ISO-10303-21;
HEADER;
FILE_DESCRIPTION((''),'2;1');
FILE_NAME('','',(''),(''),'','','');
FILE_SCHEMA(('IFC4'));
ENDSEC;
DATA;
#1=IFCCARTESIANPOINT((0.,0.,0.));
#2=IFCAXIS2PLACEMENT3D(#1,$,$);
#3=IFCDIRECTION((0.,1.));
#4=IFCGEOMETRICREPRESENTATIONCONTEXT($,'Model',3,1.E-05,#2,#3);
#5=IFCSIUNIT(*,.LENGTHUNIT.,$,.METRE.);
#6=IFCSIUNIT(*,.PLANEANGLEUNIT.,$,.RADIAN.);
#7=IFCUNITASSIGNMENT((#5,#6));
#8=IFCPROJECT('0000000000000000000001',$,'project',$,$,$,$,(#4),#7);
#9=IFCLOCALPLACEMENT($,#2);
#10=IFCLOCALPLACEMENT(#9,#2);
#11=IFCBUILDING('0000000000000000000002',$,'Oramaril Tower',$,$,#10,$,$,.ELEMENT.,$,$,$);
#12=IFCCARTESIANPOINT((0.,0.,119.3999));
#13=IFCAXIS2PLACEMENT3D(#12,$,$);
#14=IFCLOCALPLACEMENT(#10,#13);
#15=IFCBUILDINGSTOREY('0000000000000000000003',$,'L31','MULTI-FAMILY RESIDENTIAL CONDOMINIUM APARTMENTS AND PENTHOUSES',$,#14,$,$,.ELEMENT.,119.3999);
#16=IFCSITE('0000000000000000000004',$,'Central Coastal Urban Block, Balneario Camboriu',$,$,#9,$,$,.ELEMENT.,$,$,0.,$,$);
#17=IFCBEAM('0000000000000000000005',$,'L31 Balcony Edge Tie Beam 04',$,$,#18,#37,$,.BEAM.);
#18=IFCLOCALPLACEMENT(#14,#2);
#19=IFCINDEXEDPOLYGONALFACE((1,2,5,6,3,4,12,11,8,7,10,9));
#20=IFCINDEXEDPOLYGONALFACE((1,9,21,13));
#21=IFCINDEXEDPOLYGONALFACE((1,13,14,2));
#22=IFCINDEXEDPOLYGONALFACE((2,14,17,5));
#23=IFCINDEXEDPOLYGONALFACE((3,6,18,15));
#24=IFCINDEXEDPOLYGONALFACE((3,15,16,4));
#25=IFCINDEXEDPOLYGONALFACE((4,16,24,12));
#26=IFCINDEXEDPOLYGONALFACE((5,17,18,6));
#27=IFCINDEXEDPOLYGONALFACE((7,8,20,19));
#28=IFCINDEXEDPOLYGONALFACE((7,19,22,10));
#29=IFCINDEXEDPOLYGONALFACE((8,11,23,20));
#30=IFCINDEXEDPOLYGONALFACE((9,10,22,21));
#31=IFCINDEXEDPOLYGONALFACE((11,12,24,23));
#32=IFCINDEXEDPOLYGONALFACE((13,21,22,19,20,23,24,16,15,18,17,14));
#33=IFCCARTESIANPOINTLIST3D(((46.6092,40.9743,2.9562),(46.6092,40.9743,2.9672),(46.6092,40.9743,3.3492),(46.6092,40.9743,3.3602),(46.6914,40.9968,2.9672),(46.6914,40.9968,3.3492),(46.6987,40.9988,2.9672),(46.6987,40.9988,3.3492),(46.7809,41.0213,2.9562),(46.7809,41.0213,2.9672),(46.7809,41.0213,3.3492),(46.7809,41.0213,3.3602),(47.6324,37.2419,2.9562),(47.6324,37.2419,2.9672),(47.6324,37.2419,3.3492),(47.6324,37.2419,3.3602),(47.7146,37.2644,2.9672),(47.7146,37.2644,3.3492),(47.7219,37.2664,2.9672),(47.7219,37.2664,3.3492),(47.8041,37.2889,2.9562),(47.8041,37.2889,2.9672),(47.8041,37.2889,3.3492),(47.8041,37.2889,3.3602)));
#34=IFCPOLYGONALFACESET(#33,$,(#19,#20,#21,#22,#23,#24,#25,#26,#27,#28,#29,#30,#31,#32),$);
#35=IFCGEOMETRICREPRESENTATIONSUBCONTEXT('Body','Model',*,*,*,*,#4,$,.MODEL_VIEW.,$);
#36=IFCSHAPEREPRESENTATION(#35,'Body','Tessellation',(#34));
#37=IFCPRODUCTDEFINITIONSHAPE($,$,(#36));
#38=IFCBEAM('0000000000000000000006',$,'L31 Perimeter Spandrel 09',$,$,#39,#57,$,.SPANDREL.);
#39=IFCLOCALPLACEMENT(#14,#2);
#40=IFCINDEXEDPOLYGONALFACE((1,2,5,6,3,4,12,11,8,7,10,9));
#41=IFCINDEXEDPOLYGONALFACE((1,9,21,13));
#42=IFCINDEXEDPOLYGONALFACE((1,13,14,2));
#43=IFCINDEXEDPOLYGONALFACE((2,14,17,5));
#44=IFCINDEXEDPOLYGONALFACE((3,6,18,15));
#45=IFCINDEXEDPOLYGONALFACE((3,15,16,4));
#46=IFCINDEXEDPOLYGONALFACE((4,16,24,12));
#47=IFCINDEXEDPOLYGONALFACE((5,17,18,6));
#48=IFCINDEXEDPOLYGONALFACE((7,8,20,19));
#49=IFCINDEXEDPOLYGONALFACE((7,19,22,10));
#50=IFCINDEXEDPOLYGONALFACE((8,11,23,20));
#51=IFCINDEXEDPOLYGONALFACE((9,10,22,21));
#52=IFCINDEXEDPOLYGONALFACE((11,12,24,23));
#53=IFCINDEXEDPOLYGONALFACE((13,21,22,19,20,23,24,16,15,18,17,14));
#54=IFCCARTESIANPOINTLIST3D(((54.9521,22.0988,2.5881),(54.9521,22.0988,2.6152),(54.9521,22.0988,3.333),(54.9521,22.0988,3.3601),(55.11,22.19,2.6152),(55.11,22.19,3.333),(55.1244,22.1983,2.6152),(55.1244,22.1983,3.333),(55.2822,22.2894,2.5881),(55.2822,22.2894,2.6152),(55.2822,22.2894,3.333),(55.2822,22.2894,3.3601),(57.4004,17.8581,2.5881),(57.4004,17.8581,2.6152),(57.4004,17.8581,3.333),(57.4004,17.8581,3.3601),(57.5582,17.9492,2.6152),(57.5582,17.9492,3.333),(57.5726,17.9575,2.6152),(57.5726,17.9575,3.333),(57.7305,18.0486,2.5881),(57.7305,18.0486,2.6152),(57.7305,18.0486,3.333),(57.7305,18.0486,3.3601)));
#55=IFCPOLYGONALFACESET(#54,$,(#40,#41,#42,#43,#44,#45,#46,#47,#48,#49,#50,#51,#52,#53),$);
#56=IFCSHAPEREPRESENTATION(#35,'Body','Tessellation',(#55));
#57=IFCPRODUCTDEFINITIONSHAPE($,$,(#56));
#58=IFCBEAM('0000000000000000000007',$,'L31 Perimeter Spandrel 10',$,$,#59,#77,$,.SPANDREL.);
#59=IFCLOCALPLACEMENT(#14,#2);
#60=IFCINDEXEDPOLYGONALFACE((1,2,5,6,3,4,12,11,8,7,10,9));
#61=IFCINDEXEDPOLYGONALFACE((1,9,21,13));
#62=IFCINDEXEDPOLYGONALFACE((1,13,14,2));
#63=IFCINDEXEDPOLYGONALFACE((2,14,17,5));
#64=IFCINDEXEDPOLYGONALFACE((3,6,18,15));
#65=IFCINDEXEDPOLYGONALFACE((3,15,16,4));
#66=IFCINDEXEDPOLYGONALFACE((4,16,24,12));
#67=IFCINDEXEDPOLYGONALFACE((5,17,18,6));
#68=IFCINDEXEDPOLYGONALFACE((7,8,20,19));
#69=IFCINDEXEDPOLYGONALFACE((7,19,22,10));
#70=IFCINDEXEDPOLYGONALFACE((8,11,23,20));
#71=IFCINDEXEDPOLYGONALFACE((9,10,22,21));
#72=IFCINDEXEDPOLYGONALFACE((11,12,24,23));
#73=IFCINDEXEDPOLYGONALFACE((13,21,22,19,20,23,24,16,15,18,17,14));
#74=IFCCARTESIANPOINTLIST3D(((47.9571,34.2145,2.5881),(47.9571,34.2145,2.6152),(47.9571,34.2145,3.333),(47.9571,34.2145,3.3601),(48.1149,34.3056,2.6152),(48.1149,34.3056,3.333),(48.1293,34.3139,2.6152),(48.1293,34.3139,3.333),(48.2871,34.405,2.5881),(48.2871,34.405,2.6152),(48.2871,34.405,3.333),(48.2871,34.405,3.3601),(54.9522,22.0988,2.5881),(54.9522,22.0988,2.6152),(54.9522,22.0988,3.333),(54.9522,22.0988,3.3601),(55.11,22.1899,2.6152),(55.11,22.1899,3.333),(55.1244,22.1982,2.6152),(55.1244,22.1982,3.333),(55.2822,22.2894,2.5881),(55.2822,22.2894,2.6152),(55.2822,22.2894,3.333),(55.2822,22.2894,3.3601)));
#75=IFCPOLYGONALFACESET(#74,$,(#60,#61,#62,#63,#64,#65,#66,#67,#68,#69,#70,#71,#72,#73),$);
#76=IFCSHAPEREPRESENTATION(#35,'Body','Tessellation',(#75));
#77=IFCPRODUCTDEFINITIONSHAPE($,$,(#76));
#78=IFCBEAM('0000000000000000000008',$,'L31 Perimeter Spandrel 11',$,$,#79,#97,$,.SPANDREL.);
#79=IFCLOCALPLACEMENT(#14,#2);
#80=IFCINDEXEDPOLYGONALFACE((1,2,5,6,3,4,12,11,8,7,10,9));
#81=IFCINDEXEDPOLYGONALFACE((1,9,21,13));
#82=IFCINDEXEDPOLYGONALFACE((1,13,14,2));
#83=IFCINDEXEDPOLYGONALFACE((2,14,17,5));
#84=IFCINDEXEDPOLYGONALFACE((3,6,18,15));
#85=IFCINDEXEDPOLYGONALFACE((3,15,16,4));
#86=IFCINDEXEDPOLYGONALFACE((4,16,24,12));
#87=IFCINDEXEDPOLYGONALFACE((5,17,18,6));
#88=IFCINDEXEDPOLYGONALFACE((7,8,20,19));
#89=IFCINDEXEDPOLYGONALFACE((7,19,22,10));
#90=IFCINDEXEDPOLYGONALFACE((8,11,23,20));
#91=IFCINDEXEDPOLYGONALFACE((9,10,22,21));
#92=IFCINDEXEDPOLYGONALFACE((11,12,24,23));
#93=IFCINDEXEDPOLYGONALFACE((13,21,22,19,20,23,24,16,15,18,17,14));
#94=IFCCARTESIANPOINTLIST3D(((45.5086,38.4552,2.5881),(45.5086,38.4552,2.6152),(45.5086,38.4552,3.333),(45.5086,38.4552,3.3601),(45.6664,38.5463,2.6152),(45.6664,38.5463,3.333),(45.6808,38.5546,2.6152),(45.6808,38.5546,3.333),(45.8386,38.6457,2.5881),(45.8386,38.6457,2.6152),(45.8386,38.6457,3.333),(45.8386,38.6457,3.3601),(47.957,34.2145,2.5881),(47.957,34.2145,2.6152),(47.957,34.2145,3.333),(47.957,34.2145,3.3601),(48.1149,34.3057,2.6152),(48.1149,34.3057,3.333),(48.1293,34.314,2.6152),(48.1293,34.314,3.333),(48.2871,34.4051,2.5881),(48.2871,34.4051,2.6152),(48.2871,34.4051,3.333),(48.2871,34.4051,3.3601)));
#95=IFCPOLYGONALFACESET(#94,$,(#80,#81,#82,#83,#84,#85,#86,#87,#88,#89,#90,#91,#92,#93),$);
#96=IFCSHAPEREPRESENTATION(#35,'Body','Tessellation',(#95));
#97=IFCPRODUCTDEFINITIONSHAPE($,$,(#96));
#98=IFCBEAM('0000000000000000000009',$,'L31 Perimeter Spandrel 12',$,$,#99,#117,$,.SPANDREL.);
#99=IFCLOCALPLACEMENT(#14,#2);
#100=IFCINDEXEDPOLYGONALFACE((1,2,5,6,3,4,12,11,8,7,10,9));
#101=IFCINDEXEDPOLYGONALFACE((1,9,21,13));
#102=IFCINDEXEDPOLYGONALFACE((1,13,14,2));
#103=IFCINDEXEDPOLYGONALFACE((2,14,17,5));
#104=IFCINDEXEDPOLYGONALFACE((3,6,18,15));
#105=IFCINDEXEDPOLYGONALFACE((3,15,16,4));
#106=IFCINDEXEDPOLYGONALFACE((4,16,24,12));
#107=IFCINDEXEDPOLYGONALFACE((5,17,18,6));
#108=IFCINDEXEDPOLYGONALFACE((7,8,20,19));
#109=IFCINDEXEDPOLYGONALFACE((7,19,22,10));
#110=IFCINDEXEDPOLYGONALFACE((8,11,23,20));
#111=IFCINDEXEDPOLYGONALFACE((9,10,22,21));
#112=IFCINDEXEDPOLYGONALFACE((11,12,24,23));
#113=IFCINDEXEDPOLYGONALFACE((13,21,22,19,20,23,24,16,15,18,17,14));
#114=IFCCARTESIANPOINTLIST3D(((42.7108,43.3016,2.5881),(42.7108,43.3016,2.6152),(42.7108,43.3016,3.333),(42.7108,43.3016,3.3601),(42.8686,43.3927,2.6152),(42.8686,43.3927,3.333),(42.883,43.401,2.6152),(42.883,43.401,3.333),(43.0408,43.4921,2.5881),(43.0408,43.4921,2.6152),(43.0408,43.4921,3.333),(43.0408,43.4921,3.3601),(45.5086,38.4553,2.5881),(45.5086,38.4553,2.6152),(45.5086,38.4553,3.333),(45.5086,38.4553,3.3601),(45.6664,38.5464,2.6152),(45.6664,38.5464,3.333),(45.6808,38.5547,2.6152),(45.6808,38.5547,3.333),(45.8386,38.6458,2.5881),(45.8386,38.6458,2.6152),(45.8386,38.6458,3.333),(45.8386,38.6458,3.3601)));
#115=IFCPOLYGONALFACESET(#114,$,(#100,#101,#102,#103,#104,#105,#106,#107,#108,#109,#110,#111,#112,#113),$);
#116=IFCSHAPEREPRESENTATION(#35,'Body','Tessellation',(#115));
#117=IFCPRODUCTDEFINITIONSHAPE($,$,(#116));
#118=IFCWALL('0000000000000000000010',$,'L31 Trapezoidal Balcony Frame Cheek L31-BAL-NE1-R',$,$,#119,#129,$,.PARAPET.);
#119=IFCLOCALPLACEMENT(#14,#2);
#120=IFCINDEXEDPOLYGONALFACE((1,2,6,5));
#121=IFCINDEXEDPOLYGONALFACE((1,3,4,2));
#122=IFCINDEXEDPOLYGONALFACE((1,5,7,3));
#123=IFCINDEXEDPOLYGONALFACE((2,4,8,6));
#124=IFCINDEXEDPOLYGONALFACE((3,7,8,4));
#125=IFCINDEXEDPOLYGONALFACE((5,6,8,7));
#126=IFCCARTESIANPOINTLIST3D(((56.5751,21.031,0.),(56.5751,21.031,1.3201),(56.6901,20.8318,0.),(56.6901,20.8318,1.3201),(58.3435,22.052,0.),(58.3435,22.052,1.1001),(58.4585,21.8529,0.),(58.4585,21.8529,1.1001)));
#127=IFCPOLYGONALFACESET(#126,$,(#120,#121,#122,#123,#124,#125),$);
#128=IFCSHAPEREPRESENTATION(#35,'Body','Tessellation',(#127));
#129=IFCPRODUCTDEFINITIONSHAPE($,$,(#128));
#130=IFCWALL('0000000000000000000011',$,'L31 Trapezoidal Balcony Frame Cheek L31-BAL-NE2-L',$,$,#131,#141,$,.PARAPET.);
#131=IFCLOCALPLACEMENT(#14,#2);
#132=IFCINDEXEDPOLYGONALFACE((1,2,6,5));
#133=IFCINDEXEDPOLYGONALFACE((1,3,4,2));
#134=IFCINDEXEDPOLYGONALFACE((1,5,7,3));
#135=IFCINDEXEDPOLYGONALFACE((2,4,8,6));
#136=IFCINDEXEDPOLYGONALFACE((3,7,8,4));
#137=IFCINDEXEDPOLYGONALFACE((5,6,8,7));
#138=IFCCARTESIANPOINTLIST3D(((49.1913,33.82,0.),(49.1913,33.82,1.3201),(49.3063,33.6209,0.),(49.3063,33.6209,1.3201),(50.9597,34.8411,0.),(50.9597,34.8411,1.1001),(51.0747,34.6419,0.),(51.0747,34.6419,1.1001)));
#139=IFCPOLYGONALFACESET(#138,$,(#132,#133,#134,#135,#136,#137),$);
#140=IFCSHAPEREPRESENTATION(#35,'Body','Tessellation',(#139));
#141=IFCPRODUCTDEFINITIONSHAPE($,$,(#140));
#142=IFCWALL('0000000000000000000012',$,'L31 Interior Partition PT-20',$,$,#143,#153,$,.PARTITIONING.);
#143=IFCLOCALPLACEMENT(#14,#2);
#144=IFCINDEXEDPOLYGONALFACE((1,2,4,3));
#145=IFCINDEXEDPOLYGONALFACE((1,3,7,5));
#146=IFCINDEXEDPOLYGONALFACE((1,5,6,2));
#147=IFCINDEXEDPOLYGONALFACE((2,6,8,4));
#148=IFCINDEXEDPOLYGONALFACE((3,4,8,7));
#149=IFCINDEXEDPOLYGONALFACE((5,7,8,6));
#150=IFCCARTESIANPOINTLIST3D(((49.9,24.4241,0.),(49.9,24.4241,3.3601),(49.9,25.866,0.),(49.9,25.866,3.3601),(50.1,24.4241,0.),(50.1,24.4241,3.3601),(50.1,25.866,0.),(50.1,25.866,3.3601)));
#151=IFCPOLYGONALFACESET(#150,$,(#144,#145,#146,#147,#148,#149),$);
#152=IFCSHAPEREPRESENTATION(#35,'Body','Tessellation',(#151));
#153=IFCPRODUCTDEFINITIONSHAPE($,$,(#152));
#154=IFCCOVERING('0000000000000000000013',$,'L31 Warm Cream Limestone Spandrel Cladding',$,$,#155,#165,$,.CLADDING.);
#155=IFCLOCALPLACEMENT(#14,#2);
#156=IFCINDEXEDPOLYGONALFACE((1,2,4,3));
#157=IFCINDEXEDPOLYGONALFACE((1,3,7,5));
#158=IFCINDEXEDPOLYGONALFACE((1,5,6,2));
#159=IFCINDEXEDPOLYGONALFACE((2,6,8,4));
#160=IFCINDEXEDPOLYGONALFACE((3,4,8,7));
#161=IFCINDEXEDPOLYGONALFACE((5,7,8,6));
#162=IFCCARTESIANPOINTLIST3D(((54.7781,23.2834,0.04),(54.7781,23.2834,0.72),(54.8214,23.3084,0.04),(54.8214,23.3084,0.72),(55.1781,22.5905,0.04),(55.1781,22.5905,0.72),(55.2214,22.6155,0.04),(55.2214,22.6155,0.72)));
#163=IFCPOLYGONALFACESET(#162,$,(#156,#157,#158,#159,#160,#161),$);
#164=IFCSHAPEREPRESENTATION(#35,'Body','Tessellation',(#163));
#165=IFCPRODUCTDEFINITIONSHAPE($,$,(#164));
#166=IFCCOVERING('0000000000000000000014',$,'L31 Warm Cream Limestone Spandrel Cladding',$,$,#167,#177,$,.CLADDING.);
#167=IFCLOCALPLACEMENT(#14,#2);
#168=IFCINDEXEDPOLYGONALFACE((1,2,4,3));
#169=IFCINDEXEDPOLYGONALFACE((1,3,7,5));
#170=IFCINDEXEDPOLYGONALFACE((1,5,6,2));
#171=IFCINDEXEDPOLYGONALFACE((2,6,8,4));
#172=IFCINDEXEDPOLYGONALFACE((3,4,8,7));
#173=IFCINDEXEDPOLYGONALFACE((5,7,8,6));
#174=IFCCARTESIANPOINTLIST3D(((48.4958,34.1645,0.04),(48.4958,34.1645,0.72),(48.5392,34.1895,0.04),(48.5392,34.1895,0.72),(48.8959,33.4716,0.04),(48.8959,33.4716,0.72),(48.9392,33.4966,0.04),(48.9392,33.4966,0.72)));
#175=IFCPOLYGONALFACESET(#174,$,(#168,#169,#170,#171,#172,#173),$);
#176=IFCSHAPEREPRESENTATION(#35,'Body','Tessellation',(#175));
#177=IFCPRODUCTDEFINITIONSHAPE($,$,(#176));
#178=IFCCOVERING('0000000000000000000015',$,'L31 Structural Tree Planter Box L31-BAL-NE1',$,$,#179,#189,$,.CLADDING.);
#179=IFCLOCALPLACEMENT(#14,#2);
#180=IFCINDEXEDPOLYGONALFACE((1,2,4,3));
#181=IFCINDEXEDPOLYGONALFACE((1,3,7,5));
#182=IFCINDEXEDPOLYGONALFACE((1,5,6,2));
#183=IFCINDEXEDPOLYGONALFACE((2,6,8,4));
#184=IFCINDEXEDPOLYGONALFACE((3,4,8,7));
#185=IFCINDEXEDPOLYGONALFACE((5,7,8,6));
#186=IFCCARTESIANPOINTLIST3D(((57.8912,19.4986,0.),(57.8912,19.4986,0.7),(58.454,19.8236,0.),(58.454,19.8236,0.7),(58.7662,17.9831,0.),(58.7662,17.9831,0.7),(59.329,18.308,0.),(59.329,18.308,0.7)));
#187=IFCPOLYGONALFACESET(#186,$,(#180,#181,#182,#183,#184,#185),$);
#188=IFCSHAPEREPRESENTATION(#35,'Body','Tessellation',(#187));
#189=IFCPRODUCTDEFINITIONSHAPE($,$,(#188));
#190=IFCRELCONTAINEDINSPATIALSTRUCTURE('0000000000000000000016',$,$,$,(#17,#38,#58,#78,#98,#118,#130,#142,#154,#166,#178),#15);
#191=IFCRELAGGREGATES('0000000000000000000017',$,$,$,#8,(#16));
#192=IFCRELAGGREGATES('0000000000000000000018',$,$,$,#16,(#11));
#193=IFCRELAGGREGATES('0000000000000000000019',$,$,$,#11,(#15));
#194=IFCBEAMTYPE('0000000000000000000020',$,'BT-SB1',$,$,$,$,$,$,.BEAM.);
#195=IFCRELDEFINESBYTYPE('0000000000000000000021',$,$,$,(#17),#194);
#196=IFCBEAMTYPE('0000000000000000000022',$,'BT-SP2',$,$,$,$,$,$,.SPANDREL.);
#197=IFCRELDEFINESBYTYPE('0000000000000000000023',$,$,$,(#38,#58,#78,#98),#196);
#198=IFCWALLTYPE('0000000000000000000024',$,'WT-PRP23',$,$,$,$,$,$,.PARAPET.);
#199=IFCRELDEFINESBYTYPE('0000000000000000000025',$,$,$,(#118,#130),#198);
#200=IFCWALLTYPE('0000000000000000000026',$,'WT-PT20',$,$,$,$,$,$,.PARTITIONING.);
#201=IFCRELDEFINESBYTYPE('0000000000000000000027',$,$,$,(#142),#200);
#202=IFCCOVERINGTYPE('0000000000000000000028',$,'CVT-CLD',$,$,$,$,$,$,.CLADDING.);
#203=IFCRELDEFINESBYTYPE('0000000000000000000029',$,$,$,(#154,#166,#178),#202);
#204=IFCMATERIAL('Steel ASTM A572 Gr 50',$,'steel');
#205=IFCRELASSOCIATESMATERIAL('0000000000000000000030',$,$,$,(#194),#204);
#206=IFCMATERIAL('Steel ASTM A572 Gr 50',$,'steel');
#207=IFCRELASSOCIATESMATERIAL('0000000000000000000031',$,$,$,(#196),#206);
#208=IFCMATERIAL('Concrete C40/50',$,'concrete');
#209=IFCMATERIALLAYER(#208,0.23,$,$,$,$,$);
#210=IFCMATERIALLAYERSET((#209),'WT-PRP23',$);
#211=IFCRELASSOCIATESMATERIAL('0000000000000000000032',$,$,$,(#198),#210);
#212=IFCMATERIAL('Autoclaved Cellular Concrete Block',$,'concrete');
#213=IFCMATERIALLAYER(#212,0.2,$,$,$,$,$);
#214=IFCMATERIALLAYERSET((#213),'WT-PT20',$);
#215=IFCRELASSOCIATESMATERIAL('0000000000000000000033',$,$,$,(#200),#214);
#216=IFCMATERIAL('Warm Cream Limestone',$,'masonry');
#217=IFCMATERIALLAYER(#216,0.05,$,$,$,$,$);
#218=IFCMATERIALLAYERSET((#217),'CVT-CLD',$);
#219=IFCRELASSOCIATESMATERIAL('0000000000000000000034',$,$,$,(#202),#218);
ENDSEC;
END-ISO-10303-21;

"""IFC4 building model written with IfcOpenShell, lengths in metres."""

from ifc_helpers import new_model, si_unit, direction, frame, frame_2d, origin, origin_2d, place, context, subcontext, project, spatial, polyline, rectangle, i_section, outline, extrude, material, layer, layer_set, material_profile, profile_set, type_object, element, save


model = new_model("IFC4")

# Units and contexts
model_context = context("Model", 3, precision=1e-05, world=origin(), true_north=direction((0.0, 1.0)))
body_context = subcontext(model_context, "Body", "Model", "MODEL_VIEW")
ifc_project = project(units=[si_unit("LENGTHUNIT", "METRE"), si_unit("PLANEANGLEUNIT", "RADIAN")], contexts=[model_context])

# Site, building, storey
site_placement = place(None, origin())
site = spatial("IfcSite", under=ifc_project, at=site_placement, Name="Central Coastal Urban Block, Balneario Camboriu", CompositionType="ELEMENT", RefElevation=0.0)
building_placement = place(site_placement, origin())
building = spatial("IfcBuilding", under=site, at=building_placement, Name="Oramaril Tower", CompositionType="ELEMENT")
storey_placement = place(building_placement, frame((0.0, 0.0, 119.3999)))
storey = spatial("IfcBuildingStorey", under=building, at=storey_placement, Name="L31", Description="MULTI-FAMILY RESIDENTIAL CONDOMINIUM APARTMENTS AND PENTHOUSES", CompositionType="ELEMENT", Elevation=119.3999)

# Beams
ifc_material_1 = material(Name="Steel ASTM A572 Gr 50", Category="steel")
ifc_material_profile_1 = material_profile(ifc_material_1, i_section(OverallWidth=0.178, OverallDepth=0.4041, WebThickness=0.0076, FlangeThickness=0.011, at=origin_2d()), Name="W16X36")
ifc_profile_set_1 = profile_set([ifc_material_profile_1], Name="Steel ASTM A572 Gr 50")
beam_type_1 = type_object("IfcBeamType", Name="BT-SB1", PredefinedType="BEAM", material=ifc_profile_set_1)
beam_1_placement = place(storey_placement, frame((47.7183, 37.2654, 3.1582), z_axis=(-0.264382, 0.964418, 0.0), x_axis=(-0.964418, -0.264382, 0.0)))
element("IfcBeam", 1, at=beam_1_placement, inside=storey, type_object=beam_type_1, Name="L31 Balcony Edge Tie Beam 04", PredefinedType="BEAM", context=body_context, shape_type="SweptSolid", body=[
    extrude(i_section(OverallWidth=0.178, OverallDepth=0.4041, WebThickness=0.0076, FlangeThickness=0.011, at=origin_2d()), origin(), (0.0, 0.0, 1.0), 3.8701),
])
ifc_material_2 = material(Name="Steel ASTM A572 Gr 50", Category="steel")
ifc_material_profile_2 = material_profile(ifc_material_2, i_section(OverallWidth=0.3811, OverallDepth=0.772, WebThickness=0.0166, FlangeThickness=0.0271, at=origin_2d()), Name="W30X173")
ifc_profile_set_2 = profile_set([ifc_material_profile_2], Name="Steel ASTM A572 Gr 50")
beam_type_2 = type_object("IfcBeamType", Name="BT-SP2", PredefinedType="SPANDREL", material=ifc_profile_set_2)
beam_2_placement = place(storey_placement, frame((57.5654, 17.9534, 2.9741), z_axis=(-0.499979, 0.866038, 0.0), x_axis=(-0.866038, -0.499979, 0.0)))
element("IfcBeam", 2, at=beam_2_placement, inside=storey, type_object=beam_type_2, Name="L31 Perimeter Spandrel 09", PredefinedType="SPANDREL", context=body_context, shape_type="SweptSolid", body=[
    extrude(i_section(OverallWidth=0.3811, OverallDepth=0.772, WebThickness=0.0166, FlangeThickness=0.0271, at=origin_2d()), origin(), (0.0, 0.0, 1.0), 4.8967),
])
beam_3_placement = place(storey_placement, frame((55.1172, 22.1941, 2.9741), z_axis=(-0.500005, 0.866022, 0.0), x_axis=(-0.866022, -0.500005, 0.0)))
element("IfcBeam", 3, at=beam_3_placement, inside=storey, type_object=beam_type_2, Name="L31 Perimeter Spandrel 10", PredefinedType="SPANDREL", context=body_context, shape_type="SweptSolid", body=[
    extrude(i_section(OverallWidth=0.3811, OverallDepth=0.772, WebThickness=0.0166, FlangeThickness=0.0271, at=origin_2d()), origin(), (0.0, 0.0, 1.0), 13.99),
])
beam_4_placement = place(storey_placement, frame((48.1221, 34.3098, 2.9741), z_axis=(-0.500016, 0.866016, 0.0), x_axis=(-0.866016, -0.500016, 0.0)))
element("IfcBeam", 4, at=beam_4_placement, inside=storey, type_object=beam_type_2, Name="L31 Perimeter Spandrel 11", PredefinedType="SPANDREL", context=body_context, shape_type="SweptSolid", body=[
    extrude(i_section(OverallWidth=0.3811, OverallDepth=0.772, WebThickness=0.0166, FlangeThickness=0.0271, at=origin_2d()), origin(), (0.0, 0.0, 1.0), 4.8967),
])
beam_5_placement = place(storey_placement, frame((45.6736, 38.5505, 2.9741), z_axis=(-0.499968, 0.866044, 0.0), x_axis=(-0.866044, -0.499968, 0.0)))
element("IfcBeam", 5, at=beam_5_placement, inside=storey, type_object=beam_type_2, Name="L31 Perimeter Spandrel 12", PredefinedType="SPANDREL", context=body_context, shape_type="SweptSolid", body=[
    extrude(i_section(OverallWidth=0.3811, OverallDepth=0.772, WebThickness=0.0166, FlangeThickness=0.0271, at=origin_2d()), origin(), (0.0, 0.0, 1.0), 5.5959),
])

# Walls
ifc_material_3 = material(Name="Concrete C40/50", Category="concrete")
ifc_layer_1 = layer(ifc_material_3, 0.23)
ifc_layer_set_1 = layer_set([ifc_layer_1], Name="WT-PRP23")
wall_type_1 = type_object("IfcWallType", Name="WT-PRP23", PredefinedType="PARAPET", material=ifc_layer_set_1)
for number, where, z_axis, x_axis, name in (
    (6, (56.6326, 20.9314, 0.0), (0.0, 0.0, 1.0), (0.866012, 0.500023, 0.0), "L31 Trapezoidal Balcony Frame Cheek L31-BAL-NE1-R"),
    (7, (49.2488, 33.7205, 0.0), (0.0, 0.0, 1.0), (0.866012, 0.500023, 0.0), "L31 Trapezoidal Balcony Frame Cheek L31-BAL-NE2-L"),
):
    element("IfcWall", number, at=place(storey_placement, frame(where, z_axis=z_axis, x_axis=x_axis)), inside=storey, type_object=wall_type_1, Name=name, PredefinedType="PARAPET", context=body_context, shape_type="SweptSolid", body=[
        extrude(outline(polyline([(0.0, 0.0), (2.042, 0.0), (2.042, 1.1001), (0.0, 1.3201), (0.0, 0.0)])), frame((0.0, 0.115, 0.0), z_axis=(0.0, -1.0, 0.0), x_axis=(1.0, 0.0, 0.0)), (0.0, 0.0, 1.0), 0.23),
    ])

# Shared definitions
ifc_material_4 = material(Name="Autoclaved Cellular Concrete Block", Category="concrete")
ifc_layer_2 = layer(ifc_material_4, 0.2)
ifc_layer_set_2 = layer_set([ifc_layer_2], Name="WT-PT20")
wall_type_2 = type_object("IfcWallType", Name="WT-PT20", PredefinedType="PARTITIONING", material=ifc_layer_set_2)

# Wall
wall_1_placement = place(storey_placement, frame((50.0, 24.4241, 0.0), z_axis=(0.0, 0.0, 1.0), x_axis=(0.0, 1.0, 0.0)))
element("IfcWall", 8, at=wall_1_placement, inside=storey, type_object=wall_type_2, Name="L31 Interior Partition PT-20", PredefinedType="PARTITIONING", context=body_context, shape_type="SweptSolid", body=[
    extrude(rectangle(XDim=1.4419, YDim=0.2, at=frame_2d((0.7209, 0.0))), origin(), (0.0, 0.0, 1.0), 3.3601),
])

# Coverings
ifc_material_5 = material(Name="Warm Cream Limestone", Category="masonry")
ifc_layer_3 = layer(ifc_material_5, 0.05)
ifc_layer_set_3 = layer_set([ifc_layer_3], Name="CVT-CLD")
covering_type = type_object("IfcCoveringType", Name="CVT-CLD", PredefinedType="CLADDING", material=ifc_layer_set_3)
for number, where, z_axis, x_axis, name in (
    (9, (54.9998, 22.9495, 0.04), (0.0, 0.0, 1.0), (-0.5, 0.866025, 0.0), "L31 Warm Cream Limestone Spandrel Cladding"),
    (10, (48.7175, 33.8306, 0.04), (0.0, 0.0, 1.0), (-0.5, 0.866025, 0.0), "L31 Warm Cream Limestone Spandrel Cladding"),
):
    element("IfcCovering", number, at=place(storey_placement, frame(where, z_axis=z_axis, x_axis=x_axis)), inside=storey, type_object=covering_type, Name=name, PredefinedType="CLADDING", context=body_context, shape_type="SweptSolid", body=[
        extrude(rectangle(XDim=0.8, YDim=0.05, at=origin_2d()), origin(), (0.0, 0.0, 1.0), 0.6799),
    ])
covering_placement = place(storey_placement, frame((58.6101, 18.9033, 0.0), z_axis=(0.0, 0.0, 1.0), x_axis=(-0.5, 0.866025, 0.0)))
element("IfcCovering", 11, at=covering_placement, inside=storey, type_object=covering_type, Name="L31 Structural Tree Planter Box L31-BAL-NE1", PredefinedType="CLADDING", context=body_context, shape_type="SweptSolid", body=[
    extrude(rectangle(XDim=1.75, YDim=0.6499, at=origin_2d()), origin(), (0.0, 0.0, 1.0), 0.7),
])

save(model, "model.ifc")
